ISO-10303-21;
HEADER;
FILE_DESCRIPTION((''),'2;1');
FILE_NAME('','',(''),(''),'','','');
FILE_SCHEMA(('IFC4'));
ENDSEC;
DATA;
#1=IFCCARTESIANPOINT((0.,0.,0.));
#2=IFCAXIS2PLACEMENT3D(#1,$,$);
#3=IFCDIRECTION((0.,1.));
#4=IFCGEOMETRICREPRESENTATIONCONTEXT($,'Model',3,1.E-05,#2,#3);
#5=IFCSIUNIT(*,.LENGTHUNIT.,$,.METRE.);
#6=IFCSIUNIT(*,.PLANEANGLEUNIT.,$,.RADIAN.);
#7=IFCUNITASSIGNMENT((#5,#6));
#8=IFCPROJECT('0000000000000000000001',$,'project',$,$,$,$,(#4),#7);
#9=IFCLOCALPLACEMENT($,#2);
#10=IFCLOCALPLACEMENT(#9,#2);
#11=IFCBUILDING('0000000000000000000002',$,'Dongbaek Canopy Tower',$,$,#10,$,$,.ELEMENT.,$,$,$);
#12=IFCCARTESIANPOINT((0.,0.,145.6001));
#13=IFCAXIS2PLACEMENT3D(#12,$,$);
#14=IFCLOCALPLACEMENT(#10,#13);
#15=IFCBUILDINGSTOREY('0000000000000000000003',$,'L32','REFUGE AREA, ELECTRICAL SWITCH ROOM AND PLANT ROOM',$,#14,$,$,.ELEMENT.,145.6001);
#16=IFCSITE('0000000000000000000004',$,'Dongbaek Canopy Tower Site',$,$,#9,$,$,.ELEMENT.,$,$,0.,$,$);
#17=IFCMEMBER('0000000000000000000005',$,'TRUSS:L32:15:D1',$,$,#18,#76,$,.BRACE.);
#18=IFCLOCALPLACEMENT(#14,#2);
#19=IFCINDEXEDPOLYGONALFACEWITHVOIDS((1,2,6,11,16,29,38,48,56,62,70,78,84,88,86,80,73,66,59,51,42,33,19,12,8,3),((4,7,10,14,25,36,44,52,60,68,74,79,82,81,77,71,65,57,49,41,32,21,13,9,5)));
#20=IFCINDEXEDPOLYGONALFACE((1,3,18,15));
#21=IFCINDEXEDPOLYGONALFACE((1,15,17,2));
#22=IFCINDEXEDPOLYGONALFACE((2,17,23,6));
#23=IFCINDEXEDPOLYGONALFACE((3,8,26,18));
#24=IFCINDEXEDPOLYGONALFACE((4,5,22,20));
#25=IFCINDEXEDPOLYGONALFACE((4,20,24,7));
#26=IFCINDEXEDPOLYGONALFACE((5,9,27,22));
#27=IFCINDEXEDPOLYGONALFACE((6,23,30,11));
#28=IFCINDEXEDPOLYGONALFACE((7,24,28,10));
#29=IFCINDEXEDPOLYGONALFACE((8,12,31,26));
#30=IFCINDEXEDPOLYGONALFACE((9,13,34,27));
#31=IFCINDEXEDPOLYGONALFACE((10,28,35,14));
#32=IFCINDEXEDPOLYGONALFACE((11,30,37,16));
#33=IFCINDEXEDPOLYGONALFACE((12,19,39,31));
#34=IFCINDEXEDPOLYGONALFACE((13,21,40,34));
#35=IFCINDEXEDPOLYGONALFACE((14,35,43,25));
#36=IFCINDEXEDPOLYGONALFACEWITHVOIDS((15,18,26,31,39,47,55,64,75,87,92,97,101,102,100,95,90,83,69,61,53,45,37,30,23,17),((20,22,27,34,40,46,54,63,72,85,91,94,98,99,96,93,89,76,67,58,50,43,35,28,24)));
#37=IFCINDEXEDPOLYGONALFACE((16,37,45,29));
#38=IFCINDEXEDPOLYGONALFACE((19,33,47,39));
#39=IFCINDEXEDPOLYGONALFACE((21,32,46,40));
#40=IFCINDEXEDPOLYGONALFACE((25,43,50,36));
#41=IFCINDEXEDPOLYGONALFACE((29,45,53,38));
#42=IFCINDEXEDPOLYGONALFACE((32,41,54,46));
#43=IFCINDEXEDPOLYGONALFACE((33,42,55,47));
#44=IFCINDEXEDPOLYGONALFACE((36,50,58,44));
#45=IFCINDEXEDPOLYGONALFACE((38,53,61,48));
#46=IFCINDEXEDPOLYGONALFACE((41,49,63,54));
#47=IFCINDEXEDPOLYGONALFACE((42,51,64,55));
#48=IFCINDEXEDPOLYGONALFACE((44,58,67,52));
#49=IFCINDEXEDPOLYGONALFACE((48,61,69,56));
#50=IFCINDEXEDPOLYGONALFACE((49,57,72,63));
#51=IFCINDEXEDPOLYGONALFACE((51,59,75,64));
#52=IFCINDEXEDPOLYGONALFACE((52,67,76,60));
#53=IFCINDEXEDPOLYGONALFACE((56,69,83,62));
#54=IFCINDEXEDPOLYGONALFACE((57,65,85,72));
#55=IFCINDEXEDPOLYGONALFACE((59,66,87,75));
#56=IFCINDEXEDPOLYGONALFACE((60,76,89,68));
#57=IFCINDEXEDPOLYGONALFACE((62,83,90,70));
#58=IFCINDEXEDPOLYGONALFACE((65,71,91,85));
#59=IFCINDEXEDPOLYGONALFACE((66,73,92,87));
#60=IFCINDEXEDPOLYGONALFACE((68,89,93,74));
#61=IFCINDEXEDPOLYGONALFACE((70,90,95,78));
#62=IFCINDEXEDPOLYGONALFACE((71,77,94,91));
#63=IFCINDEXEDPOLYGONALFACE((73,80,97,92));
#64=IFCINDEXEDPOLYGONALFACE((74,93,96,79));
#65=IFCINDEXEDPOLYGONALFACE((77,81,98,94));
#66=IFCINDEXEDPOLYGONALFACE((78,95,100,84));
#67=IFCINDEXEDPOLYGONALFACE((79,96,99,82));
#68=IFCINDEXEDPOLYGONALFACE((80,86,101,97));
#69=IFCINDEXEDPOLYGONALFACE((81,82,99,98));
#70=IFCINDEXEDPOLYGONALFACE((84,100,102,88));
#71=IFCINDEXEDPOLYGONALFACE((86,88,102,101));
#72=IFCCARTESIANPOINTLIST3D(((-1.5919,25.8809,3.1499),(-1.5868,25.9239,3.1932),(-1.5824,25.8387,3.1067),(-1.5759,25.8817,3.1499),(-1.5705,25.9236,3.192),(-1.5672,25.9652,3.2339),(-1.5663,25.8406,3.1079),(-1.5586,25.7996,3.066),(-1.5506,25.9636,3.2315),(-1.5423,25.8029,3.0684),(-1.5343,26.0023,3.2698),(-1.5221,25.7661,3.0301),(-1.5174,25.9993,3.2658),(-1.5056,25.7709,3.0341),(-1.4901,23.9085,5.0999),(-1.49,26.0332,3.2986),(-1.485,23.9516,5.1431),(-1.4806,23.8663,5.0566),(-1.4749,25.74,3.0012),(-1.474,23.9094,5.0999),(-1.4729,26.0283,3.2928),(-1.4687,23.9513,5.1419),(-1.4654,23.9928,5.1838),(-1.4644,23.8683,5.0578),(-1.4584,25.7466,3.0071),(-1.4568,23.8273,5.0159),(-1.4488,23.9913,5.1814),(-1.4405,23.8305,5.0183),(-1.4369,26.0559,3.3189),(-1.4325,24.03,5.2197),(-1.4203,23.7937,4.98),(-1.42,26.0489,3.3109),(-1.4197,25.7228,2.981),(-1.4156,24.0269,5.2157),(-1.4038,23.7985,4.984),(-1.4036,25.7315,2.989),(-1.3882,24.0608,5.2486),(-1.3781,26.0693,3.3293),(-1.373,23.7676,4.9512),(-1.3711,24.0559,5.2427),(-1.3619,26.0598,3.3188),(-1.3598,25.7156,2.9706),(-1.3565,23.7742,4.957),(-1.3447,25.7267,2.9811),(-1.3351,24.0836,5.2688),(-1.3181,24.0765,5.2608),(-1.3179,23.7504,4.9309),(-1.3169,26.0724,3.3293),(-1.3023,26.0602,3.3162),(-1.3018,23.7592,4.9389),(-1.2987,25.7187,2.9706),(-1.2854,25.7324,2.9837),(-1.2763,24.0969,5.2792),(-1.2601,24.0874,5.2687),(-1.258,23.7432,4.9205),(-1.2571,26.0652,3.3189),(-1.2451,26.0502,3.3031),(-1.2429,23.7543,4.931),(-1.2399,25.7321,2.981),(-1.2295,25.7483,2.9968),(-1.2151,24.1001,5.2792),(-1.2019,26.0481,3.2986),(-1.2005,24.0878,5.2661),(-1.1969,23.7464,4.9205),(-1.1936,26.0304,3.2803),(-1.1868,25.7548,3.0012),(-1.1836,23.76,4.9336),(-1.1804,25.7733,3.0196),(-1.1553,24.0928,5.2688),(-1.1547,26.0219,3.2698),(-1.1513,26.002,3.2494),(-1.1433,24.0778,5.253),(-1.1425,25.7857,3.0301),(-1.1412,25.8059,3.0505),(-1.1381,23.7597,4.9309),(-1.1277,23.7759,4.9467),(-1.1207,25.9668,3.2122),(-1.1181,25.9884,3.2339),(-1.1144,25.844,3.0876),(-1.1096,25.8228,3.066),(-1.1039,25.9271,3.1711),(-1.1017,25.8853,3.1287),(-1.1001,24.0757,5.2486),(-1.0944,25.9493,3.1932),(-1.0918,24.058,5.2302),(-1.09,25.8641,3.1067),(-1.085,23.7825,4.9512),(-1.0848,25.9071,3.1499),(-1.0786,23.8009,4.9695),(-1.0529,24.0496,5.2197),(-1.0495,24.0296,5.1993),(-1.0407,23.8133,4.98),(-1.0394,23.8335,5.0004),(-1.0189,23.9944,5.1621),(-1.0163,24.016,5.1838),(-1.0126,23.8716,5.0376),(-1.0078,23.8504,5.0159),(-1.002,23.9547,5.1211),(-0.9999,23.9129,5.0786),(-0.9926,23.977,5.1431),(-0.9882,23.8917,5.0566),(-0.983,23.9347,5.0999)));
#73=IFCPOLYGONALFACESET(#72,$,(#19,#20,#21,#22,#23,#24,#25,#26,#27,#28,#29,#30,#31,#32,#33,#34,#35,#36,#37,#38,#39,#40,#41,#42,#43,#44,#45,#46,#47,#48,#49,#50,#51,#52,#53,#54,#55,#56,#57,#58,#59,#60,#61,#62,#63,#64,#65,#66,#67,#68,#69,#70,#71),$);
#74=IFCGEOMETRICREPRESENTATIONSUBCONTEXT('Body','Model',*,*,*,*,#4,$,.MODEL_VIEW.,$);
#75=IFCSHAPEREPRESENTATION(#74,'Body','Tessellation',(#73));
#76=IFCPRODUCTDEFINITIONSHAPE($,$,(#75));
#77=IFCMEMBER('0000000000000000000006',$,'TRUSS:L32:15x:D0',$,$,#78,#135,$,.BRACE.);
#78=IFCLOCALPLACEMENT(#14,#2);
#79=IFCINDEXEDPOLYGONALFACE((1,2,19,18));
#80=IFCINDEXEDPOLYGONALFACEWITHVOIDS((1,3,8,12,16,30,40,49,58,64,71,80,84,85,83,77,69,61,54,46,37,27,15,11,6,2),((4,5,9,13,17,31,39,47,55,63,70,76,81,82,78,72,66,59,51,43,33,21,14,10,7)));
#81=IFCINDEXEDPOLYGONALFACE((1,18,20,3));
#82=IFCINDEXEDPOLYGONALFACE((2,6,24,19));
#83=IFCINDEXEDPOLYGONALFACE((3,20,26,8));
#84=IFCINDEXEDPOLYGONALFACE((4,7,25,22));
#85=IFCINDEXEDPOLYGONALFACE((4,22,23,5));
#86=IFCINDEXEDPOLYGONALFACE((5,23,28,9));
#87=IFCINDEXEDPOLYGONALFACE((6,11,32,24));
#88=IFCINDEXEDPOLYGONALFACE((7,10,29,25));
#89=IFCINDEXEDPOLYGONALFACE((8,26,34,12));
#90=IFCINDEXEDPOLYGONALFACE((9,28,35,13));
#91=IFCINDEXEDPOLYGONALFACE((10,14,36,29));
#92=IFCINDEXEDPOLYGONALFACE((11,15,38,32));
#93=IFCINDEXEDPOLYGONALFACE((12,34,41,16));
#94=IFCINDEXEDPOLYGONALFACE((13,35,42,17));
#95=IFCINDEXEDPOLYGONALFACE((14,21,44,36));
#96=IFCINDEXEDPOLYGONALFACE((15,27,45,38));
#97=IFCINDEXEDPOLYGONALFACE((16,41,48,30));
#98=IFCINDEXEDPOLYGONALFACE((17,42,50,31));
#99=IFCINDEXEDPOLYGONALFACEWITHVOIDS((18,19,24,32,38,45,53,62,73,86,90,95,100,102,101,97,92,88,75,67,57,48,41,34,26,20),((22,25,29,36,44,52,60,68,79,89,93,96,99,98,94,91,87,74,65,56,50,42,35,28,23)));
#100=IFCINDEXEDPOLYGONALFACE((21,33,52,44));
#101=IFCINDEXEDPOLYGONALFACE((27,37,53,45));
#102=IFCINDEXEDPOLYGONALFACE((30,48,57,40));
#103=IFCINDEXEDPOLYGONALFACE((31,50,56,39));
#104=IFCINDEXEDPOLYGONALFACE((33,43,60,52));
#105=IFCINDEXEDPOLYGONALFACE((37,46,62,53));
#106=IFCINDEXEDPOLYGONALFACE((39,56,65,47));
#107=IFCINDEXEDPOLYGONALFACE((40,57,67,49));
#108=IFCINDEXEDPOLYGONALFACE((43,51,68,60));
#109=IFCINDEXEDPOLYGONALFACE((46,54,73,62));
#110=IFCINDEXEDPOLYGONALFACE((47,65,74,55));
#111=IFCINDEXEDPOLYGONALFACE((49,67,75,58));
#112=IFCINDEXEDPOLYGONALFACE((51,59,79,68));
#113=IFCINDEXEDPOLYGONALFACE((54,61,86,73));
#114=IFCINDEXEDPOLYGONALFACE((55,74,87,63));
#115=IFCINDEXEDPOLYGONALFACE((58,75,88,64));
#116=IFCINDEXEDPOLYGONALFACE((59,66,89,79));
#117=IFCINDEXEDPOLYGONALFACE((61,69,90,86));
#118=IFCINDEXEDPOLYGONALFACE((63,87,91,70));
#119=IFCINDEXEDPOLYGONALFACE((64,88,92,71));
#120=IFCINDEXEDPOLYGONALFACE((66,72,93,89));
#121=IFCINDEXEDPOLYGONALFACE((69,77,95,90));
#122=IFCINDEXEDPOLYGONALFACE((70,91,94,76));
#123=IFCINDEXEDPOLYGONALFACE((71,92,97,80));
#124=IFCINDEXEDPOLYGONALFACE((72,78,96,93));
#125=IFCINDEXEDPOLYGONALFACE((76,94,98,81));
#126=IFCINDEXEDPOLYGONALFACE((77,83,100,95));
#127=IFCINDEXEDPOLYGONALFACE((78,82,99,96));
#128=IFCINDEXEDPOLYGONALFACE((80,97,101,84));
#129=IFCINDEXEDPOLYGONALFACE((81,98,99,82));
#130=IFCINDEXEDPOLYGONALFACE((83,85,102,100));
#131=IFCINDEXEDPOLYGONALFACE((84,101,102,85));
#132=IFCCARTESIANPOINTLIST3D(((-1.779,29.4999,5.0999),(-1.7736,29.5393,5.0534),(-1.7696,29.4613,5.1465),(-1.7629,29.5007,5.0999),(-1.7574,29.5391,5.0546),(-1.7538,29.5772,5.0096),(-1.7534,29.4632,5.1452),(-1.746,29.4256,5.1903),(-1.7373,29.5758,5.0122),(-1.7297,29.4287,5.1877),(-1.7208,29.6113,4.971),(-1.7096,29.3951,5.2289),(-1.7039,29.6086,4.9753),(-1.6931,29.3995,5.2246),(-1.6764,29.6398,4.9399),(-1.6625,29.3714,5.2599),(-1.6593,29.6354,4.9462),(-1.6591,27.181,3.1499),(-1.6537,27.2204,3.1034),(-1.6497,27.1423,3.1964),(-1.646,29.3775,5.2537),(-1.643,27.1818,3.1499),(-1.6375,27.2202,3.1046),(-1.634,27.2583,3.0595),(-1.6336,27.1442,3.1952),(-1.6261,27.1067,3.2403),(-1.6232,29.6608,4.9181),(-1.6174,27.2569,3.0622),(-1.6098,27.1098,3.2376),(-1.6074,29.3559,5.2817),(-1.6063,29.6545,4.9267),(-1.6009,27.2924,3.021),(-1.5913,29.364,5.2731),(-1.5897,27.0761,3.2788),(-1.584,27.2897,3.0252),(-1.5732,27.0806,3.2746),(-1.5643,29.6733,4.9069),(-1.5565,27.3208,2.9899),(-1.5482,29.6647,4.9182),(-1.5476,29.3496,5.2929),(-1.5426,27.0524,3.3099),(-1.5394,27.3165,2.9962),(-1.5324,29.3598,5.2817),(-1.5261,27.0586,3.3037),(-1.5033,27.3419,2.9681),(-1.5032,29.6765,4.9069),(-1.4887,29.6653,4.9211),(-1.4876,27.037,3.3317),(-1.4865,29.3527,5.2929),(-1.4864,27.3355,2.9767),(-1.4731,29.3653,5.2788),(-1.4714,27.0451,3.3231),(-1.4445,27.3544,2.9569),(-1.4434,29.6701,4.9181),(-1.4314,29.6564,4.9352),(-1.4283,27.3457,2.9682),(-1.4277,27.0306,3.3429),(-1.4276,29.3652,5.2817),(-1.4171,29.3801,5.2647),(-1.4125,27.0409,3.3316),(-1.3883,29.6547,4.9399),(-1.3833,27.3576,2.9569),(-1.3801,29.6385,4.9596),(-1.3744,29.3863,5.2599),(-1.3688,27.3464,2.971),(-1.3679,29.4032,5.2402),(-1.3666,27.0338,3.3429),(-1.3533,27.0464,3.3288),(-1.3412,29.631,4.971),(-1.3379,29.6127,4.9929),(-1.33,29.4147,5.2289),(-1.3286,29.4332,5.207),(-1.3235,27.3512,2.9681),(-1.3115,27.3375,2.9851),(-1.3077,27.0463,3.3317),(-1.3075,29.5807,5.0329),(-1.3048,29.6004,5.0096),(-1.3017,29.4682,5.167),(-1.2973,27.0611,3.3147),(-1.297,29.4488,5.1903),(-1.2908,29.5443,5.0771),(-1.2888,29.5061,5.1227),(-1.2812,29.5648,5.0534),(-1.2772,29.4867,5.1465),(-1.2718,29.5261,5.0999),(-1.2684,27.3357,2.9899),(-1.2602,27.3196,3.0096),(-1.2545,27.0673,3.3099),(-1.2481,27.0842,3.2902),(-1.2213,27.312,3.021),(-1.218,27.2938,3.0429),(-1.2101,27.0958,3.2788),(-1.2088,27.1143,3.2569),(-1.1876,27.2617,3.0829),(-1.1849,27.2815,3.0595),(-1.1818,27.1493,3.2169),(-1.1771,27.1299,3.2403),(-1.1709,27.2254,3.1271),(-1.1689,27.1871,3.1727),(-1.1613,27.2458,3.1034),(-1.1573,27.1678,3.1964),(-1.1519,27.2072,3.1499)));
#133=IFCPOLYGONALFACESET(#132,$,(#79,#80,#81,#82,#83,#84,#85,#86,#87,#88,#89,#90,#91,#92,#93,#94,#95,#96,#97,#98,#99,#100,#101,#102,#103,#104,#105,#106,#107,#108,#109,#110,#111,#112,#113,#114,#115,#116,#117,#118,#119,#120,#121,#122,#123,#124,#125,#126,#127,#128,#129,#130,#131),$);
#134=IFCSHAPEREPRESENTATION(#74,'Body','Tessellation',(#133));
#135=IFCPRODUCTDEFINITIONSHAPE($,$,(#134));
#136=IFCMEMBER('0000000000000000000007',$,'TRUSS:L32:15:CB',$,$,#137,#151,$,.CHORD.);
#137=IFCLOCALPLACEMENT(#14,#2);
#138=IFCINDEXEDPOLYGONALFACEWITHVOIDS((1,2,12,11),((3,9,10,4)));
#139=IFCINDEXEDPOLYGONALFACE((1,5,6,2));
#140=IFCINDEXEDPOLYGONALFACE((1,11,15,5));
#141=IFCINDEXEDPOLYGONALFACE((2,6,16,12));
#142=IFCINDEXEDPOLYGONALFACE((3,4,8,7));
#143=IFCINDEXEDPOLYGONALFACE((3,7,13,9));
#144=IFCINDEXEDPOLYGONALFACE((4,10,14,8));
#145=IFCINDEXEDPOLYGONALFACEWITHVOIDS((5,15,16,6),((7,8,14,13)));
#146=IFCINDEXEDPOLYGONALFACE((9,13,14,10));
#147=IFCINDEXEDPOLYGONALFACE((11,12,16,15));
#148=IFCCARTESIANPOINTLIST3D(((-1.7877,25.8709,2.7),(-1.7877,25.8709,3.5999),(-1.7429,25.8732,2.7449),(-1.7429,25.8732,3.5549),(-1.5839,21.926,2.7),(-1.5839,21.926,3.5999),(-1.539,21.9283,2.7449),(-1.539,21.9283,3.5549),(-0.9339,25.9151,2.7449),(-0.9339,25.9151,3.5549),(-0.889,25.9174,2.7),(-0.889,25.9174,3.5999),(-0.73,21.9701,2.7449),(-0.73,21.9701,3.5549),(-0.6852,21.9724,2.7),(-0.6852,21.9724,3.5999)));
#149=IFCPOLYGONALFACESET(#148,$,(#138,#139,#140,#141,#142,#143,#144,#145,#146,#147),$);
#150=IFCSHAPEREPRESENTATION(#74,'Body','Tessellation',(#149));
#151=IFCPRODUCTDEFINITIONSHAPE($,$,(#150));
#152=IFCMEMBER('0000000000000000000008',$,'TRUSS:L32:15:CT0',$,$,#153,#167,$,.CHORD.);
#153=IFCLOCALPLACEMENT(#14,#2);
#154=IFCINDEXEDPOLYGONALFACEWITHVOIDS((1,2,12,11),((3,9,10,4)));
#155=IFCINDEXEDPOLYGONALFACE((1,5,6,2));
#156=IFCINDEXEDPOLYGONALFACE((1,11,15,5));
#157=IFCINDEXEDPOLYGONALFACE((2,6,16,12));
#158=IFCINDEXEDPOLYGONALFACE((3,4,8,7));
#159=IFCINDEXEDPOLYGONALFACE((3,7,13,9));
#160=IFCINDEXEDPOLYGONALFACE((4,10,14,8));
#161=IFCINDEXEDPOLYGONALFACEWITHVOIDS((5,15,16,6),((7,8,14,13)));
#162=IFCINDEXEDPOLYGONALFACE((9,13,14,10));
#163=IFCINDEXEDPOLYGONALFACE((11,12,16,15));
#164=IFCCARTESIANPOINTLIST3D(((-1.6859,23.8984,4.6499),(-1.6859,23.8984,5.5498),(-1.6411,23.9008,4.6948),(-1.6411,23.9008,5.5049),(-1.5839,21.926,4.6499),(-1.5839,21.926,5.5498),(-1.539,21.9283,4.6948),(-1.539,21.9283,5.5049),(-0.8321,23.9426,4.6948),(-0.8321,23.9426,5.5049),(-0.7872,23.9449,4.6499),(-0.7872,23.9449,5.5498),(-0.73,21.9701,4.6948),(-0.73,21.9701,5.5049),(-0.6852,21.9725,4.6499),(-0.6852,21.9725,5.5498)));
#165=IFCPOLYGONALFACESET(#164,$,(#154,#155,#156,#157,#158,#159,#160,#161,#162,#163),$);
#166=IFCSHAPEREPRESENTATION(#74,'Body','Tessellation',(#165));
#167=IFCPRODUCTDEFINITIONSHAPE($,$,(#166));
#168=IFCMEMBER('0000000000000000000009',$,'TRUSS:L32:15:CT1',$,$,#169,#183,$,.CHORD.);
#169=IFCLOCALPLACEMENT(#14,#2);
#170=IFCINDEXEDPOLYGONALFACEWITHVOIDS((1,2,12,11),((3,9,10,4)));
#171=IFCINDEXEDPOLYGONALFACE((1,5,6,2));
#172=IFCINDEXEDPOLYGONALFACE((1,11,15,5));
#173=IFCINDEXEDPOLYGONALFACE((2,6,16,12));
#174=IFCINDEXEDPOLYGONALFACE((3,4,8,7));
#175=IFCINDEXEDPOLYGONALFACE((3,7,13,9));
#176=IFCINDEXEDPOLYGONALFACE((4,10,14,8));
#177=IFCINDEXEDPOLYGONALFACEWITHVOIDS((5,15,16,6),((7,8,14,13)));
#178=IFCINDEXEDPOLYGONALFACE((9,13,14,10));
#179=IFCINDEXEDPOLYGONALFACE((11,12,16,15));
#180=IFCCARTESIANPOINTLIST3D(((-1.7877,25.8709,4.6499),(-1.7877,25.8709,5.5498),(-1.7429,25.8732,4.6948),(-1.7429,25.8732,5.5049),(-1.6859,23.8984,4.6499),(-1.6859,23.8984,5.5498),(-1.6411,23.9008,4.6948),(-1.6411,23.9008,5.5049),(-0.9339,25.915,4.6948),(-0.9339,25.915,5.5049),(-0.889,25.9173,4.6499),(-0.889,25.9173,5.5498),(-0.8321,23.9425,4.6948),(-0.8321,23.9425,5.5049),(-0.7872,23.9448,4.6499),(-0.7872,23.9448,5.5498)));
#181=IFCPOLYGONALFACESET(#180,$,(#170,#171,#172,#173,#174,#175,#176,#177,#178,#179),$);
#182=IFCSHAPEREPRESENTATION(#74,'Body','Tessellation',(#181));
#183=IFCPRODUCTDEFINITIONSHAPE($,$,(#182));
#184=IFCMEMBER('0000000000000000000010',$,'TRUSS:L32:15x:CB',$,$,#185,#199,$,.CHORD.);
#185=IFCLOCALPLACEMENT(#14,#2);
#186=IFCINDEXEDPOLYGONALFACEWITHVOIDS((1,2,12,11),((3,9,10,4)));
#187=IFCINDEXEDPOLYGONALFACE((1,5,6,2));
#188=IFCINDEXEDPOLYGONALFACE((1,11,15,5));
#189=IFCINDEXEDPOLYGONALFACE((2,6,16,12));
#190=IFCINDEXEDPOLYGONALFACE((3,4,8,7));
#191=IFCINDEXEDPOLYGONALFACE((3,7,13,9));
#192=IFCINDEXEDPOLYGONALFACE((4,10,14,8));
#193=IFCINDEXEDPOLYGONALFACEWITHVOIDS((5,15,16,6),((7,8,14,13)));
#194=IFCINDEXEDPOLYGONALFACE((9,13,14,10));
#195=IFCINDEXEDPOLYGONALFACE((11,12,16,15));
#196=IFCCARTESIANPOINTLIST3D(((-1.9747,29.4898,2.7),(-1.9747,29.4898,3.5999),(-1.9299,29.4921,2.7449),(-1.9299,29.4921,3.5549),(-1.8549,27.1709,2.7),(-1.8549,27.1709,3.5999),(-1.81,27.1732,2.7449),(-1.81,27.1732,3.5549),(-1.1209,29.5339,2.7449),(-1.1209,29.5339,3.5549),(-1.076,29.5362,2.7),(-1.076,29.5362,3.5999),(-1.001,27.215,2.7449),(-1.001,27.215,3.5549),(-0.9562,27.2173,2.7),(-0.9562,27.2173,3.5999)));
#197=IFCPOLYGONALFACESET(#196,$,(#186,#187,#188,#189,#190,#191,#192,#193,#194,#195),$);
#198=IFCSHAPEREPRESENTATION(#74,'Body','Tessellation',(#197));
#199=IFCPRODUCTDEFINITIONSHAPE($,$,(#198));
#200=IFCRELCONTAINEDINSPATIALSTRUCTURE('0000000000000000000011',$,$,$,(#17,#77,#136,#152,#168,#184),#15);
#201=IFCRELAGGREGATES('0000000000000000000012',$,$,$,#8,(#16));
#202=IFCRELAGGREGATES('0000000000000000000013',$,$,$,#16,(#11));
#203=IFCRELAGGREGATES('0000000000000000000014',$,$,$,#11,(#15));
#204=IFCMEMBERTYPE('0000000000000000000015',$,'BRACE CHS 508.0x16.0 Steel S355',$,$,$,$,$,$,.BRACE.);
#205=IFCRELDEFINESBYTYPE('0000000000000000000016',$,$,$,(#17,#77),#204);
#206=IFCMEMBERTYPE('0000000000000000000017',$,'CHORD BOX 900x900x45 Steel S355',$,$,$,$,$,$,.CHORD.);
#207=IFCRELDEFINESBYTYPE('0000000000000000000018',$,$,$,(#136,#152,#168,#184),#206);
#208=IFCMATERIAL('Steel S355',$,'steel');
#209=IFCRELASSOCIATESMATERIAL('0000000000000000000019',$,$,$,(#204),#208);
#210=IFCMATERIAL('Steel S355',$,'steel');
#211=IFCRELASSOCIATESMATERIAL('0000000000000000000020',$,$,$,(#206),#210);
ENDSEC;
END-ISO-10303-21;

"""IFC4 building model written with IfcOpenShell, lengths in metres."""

from ifc_helpers import new_model, si_unit, direction, frame, origin, origin_2d, place, context, subcontext, project, spatial, hollow_rectangle, hollow_circle, extrude, material, material_profile, profile_set, type_object, element, save


model = new_model("IFC4")

# Units and contexts
model_context = context("Model", 3, precision=1e-05, world=origin(), true_north=direction((0.0, 1.0)))
body_context = subcontext(model_context, "Body", "Model", "MODEL_VIEW")
ifc_project = project(units=[si_unit("LENGTHUNIT", "METRE"), si_unit("PLANEANGLEUNIT", "RADIAN")], contexts=[model_context])

# Site, building, storey
site_placement = place(None, origin())
site = spatial("IfcSite", under=ifc_project, at=site_placement, Name="Dongbaek Canopy Tower Site", CompositionType="ELEMENT", RefElevation=0.0)
building_placement = place(site_placement, origin())
building = spatial("IfcBuilding", under=site, at=building_placement, Name="Dongbaek Canopy Tower", CompositionType="ELEMENT")
storey_placement = place(building_placement, frame((0.0, 0.0, 145.6001)))
storey = spatial("IfcBuildingStorey", under=building, at=storey_placement, Name="L32", Description="REFUGE AREA, ELECTRICAL SWITCH ROOM AND PLANT ROOM", CompositionType="ELEMENT", Elevation=145.6001)

# Members
ifc_material_1 = material(Name="Steel S355", Category="steel")
ifc_material_profile_1 = material_profile(ifc_material_1, hollow_circle(Radius=0.2539, WallThickness=0.0161, at=origin_2d()), Name="BRACE CHS 508.0x16.0 Steel S355")
ifc_profile_set_1 = profile_set([ifc_material_profile_1], Name="Steel S355")
member_type_1 = type_object("IfcMemberType", Name="BRACE CHS 508.0x16.0 Steel S355", PredefinedType="BRACE", material=ifc_profile_set_1)
for number, where, z_axis, x_axis, name in (
    (1, (-1.2366, 23.9216, 5.0999), (-0.036681, 0.710666, -0.702573), (-0.998671, -0.051547, 0.0), "TRUSS:L32:15:D1"),
):
    element("IfcMember", number, at=place(storey_placement, frame(where, z_axis=z_axis, x_axis=x_axis)), inside=storey, type_object=member_type_1, Name=name, PredefinedType="BRACE", context=body_context, shape_type="SweptSolid", body=[
        extrude(hollow_circle(Radius=0.2539, WallThickness=0.0161, at=origin_2d()), origin(), (0.0, 0.0, 1.0), 2.7754),
    ])
member_1_placement = place(storey_placement, frame((-1.4055, 27.1941, 3.1499), z_axis=(-0.039534, 0.764762, 0.643099), x_axis=(-0.998666, -0.051626, 0.0)))
element("IfcMember", 2, at=member_1_placement, inside=storey, type_object=member_type_1, Name="TRUSS:L32:15x:D0", PredefinedType="BRACE", context=body_context, shape_type="SweptSolid", body=[
    extrude(hollow_circle(Radius=0.2539, WallThickness=0.0161, at=origin_2d()), origin(), (0.0, 0.0, 1.0), 3.0322),
])
ifc_material_2 = material(Name="Steel S355", Category="steel")
ifc_material_profile_2 = material_profile(ifc_material_2, hollow_rectangle(XDim=0.8999, YDim=0.8999, WallThickness=0.0449, at=origin_2d()), Name="CHORD BOX 900x900x45 Steel S355")
ifc_profile_set_2 = profile_set([ifc_material_profile_2], Name="Steel S355")
member_type_2 = type_object("IfcMemberType", Name="CHORD BOX 900x900x45 Steel S355", PredefinedType="CHORD", material=ifc_profile_set_2)
member_2_placement = place(storey_placement, frame((-1.1345, 21.9492, 3.1499), z_axis=(-0.051608, 0.998667, 0.0), x_axis=(-0.998667, -0.051608, 0.0)))
element("IfcMember", 3, at=member_2_placement, inside=storey, type_object=member_type_2, Name="TRUSS:L32:15:CB", PredefinedType="CHORD", context=body_context, shape_type="SweptSolid", body=[
    extrude(hollow_rectangle(XDim=0.8999, YDim=0.8999, WallThickness=0.0449, at=origin_2d()), origin(), (0.0, 0.0, 1.0), 3.9502),
])
for number, where, z_axis, x_axis, name in (
    (4, (-1.1345, 21.9492, 5.0999), (-0.05167, 0.998664, 0.0), (-0.998664, -0.05167, 0.0), "TRUSS:L32:15:CT0"),
    (5, (-1.2366, 23.9216, 5.0999), (-0.051547, 0.998671, 0.0), (-0.998671, -0.051547, 0.0), "TRUSS:L32:15:CT1"),
):
    element("IfcMember", number, at=place(storey_placement, frame(where, z_axis=z_axis, x_axis=x_axis)), inside=storey, type_object=member_type_2, Name=name, PredefinedType="CHORD", context=body_context, shape_type="SweptSolid", body=[
        extrude(hollow_rectangle(XDim=0.8999, YDim=0.8999, WallThickness=0.0449, at=origin_2d()), origin(), (0.0, 0.0, 1.0), 1.9751),
    ])
for number, where, z_axis, x_axis, name in (
    (6, (-1.4055, 27.1941, 3.1499), (-0.051626, 0.998666, 0.0), (-0.998666, -0.051626, 0.0), "TRUSS:L32:15x:CB"),
):
    element("IfcMember", number, at=place(storey_placement, frame(where, z_axis=z_axis, x_axis=x_axis)), inside=storey, type_object=member_type_2, Name=name, PredefinedType="CHORD", context=body_context, shape_type="SweptSolid", body=[
        extrude(hollow_rectangle(XDim=0.8999, YDim=0.8999, WallThickness=0.0449, at=origin_2d()), origin(), (0.0, 0.0, 1.0), 2.322),
    ])

save(model, "model.ifc")
